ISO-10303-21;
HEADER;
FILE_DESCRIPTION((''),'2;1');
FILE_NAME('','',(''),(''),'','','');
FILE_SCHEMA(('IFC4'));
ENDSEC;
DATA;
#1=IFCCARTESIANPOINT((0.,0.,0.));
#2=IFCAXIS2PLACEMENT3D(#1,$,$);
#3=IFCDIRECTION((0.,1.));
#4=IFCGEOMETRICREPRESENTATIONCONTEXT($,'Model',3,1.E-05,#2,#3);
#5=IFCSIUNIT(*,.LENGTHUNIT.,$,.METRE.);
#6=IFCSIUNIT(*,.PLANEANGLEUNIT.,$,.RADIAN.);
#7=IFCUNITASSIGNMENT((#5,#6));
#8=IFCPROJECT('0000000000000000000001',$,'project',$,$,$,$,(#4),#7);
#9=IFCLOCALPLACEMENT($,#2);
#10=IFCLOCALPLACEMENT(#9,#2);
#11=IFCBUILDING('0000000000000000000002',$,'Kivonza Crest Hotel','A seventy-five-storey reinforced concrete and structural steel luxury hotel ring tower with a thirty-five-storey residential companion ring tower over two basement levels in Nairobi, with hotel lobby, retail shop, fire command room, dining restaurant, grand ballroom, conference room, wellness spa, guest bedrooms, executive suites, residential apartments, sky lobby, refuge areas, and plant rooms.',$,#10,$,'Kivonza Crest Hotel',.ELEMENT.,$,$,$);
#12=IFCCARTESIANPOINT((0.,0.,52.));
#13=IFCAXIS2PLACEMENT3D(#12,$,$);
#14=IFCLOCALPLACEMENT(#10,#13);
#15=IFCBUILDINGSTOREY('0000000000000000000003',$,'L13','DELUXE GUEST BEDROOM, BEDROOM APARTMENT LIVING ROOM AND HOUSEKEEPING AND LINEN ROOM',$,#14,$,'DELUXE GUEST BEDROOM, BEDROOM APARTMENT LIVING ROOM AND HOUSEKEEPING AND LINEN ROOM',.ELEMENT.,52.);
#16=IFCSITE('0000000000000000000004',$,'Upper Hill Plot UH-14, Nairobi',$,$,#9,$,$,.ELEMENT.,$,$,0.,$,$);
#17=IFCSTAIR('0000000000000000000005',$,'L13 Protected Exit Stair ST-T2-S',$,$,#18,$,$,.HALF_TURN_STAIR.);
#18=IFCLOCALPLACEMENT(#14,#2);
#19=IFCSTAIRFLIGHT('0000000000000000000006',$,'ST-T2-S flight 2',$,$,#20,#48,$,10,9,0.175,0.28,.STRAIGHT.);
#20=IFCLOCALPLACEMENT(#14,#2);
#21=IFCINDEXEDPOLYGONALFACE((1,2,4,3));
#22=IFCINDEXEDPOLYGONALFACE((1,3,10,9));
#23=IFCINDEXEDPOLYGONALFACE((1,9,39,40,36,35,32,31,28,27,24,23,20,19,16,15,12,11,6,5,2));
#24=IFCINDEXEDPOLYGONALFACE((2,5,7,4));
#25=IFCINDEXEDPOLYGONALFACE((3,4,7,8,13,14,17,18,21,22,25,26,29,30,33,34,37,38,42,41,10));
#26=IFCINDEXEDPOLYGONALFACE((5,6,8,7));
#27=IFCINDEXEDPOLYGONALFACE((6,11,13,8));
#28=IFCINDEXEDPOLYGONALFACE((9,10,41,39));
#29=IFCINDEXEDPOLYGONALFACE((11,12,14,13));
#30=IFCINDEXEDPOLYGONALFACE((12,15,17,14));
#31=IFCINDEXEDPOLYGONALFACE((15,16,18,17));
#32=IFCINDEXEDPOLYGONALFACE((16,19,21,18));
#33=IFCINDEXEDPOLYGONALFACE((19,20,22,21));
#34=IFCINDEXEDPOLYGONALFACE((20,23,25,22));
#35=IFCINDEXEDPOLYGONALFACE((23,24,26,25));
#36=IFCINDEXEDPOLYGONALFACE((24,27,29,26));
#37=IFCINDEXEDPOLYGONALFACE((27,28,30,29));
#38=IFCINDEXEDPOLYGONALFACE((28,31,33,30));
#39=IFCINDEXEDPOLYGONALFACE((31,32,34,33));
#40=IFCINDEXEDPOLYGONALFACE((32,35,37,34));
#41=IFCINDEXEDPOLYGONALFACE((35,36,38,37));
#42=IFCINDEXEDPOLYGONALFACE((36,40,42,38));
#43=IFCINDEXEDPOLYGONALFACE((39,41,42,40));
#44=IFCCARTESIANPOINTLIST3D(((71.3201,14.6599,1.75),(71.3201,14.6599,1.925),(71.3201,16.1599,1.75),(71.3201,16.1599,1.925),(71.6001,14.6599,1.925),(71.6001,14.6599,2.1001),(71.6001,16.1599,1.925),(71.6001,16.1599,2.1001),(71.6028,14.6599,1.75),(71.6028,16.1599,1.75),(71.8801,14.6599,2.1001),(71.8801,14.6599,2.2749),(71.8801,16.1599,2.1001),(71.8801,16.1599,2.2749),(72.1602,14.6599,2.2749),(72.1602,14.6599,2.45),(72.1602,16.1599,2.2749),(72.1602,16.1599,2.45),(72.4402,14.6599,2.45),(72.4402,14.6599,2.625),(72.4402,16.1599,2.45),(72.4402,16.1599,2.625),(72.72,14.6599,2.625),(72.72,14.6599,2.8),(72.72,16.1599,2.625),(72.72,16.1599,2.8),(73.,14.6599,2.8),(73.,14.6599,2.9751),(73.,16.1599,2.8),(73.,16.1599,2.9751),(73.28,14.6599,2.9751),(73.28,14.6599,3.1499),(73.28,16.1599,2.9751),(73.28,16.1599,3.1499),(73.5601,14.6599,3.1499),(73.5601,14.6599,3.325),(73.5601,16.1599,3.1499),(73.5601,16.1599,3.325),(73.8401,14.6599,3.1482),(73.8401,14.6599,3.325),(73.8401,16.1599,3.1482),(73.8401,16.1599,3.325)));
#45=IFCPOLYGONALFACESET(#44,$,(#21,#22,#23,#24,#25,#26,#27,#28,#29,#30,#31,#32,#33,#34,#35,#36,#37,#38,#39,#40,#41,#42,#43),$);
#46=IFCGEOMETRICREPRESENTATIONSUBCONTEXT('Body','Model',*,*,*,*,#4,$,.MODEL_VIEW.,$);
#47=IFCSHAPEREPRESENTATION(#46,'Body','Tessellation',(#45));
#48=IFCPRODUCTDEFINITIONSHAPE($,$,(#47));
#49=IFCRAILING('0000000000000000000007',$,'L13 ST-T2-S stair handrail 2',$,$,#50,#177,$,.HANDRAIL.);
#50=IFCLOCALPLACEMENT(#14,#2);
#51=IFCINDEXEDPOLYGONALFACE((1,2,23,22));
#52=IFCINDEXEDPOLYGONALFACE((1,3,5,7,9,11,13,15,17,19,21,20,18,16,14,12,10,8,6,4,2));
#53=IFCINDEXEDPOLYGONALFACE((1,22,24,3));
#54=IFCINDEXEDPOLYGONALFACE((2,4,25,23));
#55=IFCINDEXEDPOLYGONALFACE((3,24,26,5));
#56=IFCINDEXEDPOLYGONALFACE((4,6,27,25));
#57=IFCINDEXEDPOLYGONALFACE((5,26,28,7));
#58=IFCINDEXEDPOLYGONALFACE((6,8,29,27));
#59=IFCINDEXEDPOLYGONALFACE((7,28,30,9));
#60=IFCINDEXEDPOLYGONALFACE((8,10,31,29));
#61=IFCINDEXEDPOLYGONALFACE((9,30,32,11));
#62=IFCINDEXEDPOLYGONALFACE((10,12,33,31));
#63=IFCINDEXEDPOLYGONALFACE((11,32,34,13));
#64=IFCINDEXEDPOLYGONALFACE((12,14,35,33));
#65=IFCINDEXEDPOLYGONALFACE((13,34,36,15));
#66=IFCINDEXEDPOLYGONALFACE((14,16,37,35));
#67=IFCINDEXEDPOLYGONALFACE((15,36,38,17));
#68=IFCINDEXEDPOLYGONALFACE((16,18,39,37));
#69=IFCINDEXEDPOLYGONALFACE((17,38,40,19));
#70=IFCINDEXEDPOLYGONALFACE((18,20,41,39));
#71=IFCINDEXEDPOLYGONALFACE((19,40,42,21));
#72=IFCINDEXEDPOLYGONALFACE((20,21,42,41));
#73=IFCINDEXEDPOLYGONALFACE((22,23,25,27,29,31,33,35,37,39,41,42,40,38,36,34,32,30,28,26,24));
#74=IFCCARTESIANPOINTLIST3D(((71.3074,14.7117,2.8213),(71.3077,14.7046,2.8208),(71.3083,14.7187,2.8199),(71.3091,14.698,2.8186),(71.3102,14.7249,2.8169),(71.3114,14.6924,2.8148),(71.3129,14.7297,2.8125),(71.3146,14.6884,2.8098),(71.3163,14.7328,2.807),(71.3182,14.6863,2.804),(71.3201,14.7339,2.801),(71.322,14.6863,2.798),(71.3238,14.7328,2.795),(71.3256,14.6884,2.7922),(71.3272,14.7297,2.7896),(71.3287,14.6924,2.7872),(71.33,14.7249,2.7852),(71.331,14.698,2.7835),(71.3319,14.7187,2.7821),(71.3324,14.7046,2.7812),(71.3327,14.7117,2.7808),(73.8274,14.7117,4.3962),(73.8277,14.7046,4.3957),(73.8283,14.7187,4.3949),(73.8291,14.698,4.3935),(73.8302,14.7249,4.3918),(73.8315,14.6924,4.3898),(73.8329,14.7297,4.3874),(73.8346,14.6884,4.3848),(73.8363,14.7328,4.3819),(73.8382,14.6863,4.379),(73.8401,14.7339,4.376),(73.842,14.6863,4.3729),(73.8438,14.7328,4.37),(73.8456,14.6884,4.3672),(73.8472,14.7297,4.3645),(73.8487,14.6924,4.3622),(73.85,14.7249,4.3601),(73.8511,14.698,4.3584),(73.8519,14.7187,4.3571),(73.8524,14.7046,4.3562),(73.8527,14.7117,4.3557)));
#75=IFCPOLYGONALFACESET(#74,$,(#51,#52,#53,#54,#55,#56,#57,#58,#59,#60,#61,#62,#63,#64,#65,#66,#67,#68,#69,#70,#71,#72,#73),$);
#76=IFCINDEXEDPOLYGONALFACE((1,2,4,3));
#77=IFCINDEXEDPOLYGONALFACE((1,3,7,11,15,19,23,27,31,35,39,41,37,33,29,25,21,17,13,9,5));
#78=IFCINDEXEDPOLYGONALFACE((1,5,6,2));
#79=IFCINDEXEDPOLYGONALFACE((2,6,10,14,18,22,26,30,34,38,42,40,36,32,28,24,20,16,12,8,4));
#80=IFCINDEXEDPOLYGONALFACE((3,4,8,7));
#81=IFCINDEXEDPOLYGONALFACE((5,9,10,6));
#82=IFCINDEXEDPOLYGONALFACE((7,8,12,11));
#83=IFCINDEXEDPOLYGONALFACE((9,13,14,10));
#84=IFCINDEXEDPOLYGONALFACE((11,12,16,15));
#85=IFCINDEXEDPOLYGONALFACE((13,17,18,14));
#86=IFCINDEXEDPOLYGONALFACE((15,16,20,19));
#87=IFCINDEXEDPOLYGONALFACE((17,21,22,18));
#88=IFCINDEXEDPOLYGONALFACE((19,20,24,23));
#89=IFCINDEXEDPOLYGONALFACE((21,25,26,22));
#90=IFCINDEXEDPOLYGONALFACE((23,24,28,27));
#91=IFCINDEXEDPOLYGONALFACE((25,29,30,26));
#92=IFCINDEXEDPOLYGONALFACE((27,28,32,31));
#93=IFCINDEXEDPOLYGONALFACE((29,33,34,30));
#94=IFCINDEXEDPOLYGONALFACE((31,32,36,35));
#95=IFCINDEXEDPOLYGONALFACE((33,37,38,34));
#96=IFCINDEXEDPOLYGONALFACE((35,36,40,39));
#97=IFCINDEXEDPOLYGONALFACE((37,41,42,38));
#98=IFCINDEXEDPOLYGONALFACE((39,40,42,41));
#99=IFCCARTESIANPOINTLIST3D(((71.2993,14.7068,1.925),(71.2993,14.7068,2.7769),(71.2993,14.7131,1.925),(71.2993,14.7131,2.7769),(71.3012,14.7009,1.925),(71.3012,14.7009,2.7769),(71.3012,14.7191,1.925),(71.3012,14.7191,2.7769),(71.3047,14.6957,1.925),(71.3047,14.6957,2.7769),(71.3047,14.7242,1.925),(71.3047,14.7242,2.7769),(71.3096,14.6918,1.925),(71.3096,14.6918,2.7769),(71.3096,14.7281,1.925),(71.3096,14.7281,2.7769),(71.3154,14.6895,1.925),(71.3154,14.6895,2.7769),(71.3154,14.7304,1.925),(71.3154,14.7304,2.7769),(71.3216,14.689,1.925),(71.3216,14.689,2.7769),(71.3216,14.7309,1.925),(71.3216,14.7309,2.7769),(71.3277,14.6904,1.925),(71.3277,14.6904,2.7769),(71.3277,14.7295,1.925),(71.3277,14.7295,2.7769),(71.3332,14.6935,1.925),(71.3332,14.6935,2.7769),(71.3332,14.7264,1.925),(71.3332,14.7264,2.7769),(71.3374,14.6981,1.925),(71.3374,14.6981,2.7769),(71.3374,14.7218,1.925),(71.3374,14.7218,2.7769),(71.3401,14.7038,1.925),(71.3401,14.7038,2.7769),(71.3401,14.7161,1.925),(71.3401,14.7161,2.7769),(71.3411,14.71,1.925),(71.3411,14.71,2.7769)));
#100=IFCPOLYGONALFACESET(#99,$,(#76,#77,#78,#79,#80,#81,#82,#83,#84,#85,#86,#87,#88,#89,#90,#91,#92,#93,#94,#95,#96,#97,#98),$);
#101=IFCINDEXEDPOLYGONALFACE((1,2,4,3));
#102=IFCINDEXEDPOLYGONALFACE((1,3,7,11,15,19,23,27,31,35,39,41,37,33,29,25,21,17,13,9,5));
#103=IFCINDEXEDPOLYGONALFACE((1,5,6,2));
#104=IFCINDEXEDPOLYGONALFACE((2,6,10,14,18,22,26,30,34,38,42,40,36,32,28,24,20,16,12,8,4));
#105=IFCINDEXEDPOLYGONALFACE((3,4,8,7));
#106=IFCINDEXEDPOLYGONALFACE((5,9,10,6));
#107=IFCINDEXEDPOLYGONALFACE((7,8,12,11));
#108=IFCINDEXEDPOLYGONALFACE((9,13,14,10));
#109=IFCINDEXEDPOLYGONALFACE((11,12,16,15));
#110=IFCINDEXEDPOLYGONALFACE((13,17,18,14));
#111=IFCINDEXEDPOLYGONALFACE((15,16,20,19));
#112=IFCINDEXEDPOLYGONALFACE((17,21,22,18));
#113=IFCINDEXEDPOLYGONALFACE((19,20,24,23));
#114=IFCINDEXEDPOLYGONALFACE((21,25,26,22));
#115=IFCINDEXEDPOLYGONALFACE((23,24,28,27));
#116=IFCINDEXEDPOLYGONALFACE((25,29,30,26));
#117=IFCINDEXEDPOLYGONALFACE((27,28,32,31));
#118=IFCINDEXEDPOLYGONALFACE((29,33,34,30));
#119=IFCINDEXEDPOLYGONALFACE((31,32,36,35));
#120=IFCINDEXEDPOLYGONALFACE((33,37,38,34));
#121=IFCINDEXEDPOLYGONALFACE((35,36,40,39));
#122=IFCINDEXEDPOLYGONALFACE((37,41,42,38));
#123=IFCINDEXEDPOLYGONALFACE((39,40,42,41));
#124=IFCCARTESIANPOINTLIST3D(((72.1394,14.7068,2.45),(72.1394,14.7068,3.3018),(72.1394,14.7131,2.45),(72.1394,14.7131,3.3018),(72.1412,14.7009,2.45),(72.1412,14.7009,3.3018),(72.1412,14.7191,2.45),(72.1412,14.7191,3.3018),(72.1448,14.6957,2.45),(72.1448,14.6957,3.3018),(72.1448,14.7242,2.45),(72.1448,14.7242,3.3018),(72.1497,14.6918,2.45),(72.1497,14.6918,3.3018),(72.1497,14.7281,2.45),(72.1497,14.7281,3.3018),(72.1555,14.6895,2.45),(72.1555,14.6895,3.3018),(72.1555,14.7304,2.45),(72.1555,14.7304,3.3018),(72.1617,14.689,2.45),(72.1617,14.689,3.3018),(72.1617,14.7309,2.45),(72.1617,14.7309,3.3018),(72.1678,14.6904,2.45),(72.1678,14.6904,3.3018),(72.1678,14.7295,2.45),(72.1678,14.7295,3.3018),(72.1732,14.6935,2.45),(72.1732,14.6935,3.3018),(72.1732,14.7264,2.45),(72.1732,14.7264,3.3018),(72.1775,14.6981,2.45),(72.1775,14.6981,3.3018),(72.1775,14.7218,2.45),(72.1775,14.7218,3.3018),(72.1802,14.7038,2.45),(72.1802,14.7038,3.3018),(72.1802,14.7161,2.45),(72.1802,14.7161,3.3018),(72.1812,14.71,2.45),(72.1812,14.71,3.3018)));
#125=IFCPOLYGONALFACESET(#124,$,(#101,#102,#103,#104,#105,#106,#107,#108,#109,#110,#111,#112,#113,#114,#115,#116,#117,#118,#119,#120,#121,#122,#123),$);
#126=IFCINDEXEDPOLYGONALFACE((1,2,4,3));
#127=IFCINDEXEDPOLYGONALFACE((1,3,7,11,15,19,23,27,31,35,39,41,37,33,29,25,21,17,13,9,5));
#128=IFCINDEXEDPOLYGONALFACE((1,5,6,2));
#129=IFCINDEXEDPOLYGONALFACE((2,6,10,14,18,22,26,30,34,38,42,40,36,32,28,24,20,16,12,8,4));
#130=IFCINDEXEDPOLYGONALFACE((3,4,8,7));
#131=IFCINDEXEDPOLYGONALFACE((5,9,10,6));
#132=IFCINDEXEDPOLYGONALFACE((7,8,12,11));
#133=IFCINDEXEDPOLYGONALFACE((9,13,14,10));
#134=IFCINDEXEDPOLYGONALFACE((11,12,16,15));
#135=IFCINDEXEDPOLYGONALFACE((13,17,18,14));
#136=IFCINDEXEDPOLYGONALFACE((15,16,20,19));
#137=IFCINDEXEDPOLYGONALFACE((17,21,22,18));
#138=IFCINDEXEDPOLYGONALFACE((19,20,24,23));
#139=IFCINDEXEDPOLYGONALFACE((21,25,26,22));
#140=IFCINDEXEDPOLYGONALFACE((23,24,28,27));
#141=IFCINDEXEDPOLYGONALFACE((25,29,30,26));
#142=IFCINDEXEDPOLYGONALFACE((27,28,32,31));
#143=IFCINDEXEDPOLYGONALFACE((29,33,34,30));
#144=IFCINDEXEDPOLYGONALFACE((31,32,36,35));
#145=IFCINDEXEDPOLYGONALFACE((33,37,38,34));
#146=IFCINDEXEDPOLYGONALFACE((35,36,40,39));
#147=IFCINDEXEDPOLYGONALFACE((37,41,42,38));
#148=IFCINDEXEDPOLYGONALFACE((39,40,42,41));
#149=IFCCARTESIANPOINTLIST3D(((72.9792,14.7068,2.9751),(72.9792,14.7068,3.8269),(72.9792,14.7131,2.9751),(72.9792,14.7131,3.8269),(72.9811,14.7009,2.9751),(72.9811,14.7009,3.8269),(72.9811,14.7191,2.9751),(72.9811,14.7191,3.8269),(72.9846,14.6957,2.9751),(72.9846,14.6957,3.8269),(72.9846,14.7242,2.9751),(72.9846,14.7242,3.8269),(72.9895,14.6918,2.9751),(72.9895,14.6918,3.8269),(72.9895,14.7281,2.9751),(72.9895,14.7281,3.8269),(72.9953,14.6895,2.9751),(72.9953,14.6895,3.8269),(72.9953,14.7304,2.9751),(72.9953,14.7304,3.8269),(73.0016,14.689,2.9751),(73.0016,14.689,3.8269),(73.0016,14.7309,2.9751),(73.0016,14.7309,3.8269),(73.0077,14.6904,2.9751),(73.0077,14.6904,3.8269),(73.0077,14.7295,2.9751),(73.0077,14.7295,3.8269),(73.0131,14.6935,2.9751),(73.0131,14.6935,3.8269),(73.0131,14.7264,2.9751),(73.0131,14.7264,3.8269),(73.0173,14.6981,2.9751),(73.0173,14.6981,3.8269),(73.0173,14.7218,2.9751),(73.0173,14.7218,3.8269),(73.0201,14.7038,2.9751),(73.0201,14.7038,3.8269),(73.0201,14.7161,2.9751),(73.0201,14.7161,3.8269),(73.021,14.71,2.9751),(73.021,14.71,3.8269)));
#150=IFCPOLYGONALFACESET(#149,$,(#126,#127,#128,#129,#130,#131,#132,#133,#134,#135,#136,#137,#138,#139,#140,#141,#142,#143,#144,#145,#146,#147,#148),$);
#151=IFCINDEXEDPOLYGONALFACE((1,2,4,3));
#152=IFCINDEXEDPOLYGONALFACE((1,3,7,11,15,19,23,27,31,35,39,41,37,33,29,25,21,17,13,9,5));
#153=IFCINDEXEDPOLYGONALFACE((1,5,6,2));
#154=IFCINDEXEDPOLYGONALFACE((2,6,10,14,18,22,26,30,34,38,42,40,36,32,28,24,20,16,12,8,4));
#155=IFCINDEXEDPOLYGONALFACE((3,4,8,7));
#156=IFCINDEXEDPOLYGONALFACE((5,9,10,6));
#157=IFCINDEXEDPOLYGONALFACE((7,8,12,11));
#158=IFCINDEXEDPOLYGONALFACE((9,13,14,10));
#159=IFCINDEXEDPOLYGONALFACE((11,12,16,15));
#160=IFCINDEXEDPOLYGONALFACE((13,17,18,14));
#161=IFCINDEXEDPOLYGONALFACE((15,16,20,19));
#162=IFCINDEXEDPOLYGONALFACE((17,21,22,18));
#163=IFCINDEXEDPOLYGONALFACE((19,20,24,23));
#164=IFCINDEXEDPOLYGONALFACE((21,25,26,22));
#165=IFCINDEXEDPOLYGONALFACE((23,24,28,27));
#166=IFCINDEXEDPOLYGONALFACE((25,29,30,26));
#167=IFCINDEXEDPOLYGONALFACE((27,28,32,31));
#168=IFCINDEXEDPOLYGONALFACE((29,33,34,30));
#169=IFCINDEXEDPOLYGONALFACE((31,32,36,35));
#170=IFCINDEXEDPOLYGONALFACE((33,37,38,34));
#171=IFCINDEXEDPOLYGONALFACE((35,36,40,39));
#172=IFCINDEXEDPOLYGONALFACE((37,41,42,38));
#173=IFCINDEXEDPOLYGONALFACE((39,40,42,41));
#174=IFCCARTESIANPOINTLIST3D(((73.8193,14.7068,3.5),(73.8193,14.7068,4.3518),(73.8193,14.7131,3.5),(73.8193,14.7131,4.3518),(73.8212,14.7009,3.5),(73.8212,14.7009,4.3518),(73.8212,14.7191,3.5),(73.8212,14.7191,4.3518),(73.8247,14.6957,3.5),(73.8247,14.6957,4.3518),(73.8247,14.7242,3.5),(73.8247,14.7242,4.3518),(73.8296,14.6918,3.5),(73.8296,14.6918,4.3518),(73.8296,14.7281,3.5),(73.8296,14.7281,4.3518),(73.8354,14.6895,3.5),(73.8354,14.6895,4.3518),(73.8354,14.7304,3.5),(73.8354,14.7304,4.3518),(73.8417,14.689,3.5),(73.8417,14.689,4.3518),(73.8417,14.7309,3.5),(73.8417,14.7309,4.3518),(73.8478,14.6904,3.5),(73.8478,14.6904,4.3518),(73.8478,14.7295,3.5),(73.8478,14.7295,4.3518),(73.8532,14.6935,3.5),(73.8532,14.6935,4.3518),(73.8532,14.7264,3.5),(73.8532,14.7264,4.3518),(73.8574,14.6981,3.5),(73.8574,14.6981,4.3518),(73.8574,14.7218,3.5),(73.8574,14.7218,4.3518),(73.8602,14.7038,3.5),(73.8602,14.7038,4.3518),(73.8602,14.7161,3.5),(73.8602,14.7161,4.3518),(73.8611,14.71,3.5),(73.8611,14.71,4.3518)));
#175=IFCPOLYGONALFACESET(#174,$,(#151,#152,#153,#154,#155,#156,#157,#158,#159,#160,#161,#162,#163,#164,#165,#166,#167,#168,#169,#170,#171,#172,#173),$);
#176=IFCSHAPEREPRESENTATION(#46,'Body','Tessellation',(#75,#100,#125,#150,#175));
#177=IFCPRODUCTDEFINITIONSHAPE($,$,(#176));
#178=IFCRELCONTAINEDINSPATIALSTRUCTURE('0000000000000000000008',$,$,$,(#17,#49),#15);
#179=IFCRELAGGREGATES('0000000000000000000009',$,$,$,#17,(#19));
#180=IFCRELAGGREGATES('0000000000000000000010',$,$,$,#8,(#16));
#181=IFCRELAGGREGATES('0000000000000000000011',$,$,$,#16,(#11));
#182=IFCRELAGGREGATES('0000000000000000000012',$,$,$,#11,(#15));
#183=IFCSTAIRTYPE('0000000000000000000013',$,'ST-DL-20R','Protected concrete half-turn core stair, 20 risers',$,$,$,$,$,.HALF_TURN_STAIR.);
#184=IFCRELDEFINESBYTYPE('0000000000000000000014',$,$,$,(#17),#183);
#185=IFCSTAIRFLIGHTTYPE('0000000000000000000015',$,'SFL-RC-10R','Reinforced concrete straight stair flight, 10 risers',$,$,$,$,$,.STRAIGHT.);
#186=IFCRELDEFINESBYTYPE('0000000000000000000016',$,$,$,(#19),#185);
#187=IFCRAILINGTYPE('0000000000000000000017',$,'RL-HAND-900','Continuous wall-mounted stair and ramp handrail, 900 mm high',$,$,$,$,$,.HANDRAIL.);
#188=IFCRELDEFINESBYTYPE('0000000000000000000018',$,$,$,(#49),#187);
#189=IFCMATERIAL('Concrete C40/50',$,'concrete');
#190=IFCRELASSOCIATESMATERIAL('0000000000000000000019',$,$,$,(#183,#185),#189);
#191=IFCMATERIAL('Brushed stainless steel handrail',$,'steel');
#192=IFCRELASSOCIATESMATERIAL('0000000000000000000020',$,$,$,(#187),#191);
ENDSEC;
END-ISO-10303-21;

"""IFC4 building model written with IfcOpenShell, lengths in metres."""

from ifc_helpers import new_model, si_unit, direction, frame, origin, origin_2d, place, context, subcontext, project, spatial, polyline, circle, outline, extrude, material, type_object, element, aggregate, save


model = new_model("IFC4")

# Units and contexts
model_context = context("Model", 3, precision=1e-05, world=origin(), true_north=direction((0.0, 1.0)))
body_context = subcontext(model_context, "Body", "Model", "MODEL_VIEW")
ifc_project = project(units=[si_unit("LENGTHUNIT", "METRE"), si_unit("PLANEANGLEUNIT", "RADIAN")], contexts=[model_context])

# Site, building, storey
site_placement = place(None, origin())
site = spatial("IfcSite", under=ifc_project, at=site_placement, Name="Upper Hill Plot UH-14, Nairobi", CompositionType="ELEMENT", RefElevation=0.0)
building_placement = place(site_placement, origin())
building = spatial("IfcBuilding", under=site, at=building_placement, Name="Kivonza Crest Hotel", Description="A seventy-five-storey reinforced concrete and structural steel luxury hotel ring tower with a thirty-five-storey residential companion ring tower over two basement levels in Nairobi, with hotel lobby, retail shop, fire command room, dining restaurant, grand ballroom, conference room, wellness spa, guest bedrooms, executive suites, residential apartments, sky lobby, refuge areas, and plant rooms.", LongName="Kivonza Crest Hotel", CompositionType="ELEMENT")
storey_placement = place(building_placement, frame((0.0, 0.0, 52.0)))
storey = spatial("IfcBuildingStorey", under=building, at=storey_placement, Name="L13", Description="DELUXE GUEST BEDROOM, BEDROOM APARTMENT LIVING ROOM AND HOUSEKEEPING AND LINEN ROOM", LongName="DELUXE GUEST BEDROOM, BEDROOM APARTMENT LIVING ROOM AND HOUSEKEEPING AND LINEN ROOM", CompositionType="ELEMENT", Elevation=52.0)

# Stair, stair flight
ifc_material_1 = material(Name="Concrete C40/50", Category="concrete")
stair_type = type_object("IfcStairType", Name="ST-DL-20R", Description="Protected concrete half-turn core stair, 20 risers", PredefinedType="HALF_TURN_STAIR", material=ifc_material_1)
stair_placement = place(storey_placement, origin())
stair = element("IfcStair", 1, at=stair_placement, inside=storey, type_object=stair_type, Name="L13 Protected Exit Stair ST-T2-S", PredefinedType="HALF_TURN_STAIR")
stair_flight_type = type_object("IfcStairFlightType", Name="SFL-RC-10R", Description="Reinforced concrete straight stair flight, 10 risers", PredefinedType="STRAIGHT", material=ifc_material_1)
stair_flight_1_placement = place(storey_placement, frame((71.3201, 15.4099, 1.75), z_axis=(0.0, 0.0, 1.0), x_axis=(1.0, 0.0, 0.0)))
stair_flight_1 = element("IfcStairFlight", 2, at=stair_flight_1_placement, type_object=stair_flight_type, Name="ST-T2-S flight 2", NumberOfRisers=10, NumberOfTreads=9, PredefinedType="STRAIGHT", RiserHeight=0.175, TreadLength=0.28, context=body_context, shape_type="SweptSolid", body=[
    extrude(outline(polyline([(0.0, 0.0), (0.0, 0.175), (0.28, 0.175), (0.28, 0.3501), (0.5601, 0.3501), (0.5601, 0.5249), (0.8401, 0.5249), (0.8401, 0.7), (1.1201, 0.7), (1.1201, 0.875), (1.3999, 0.875), (1.3999, 1.05), (1.6799, 1.05), (1.6799, 1.2251), (1.96, 1.2251), (1.96, 1.3999), (2.24, 1.3999), (2.24, 1.575), (2.52, 1.575), (2.52, 1.75), (2.52, 1.3982), (0.2827, 0.0), (0.0, 0.0)])), frame((0.0, 0.75, 0.0), z_axis=(0.0, -1.0, 0.0), x_axis=(1.0, 0.0, 0.0)), (0.0, 0.0, 1.0), 1.5),
])
aggregate(stair, [stair_flight_1])

# Railing
ifc_material_2 = material(Name="Brushed stainless steel handrail", Category="steel")
railing_type_1 = type_object("IfcRailingType", Name="RL-HAND-900", Description="Continuous wall-mounted stair and ramp handrail, 900 mm high", PredefinedType="HANDRAIL", material=ifc_material_2)
railing_1_placement = place(storey_placement, frame((71.3201, 14.71, 1.925)))
element("IfcRailing", 3, at=railing_1_placement, inside=storey, type_object=railing_type_1, Name="L13 ST-T2-S stair handrail 2", PredefinedType="HANDRAIL", context=body_context, shape_type="SweptSolid", body=[
    extrude(circle(Radius=0.0239, at=origin_2d()), frame((0.0, 0.0, 0.876), z_axis=(0.848008, 0.0, 0.529984), x_axis=(0.0, 1.0, 0.0)), (0.0, 0.0, 1.0), 2.9717),
    extrude(circle(Radius=0.021, at=origin_2d()), origin(), (0.0, 0.0, 1.0), 0.8518),
    extrude(circle(Radius=0.021, at=origin_2d()), frame((0.8401, 0.0, 0.5249)), (0.0, 0.0, 1.0), 0.8518),
    extrude(circle(Radius=0.021, at=origin_2d()), frame((1.6799, 0.0, 1.05)), (0.0, 0.0, 1.0), 0.8518),
    extrude(circle(Radius=0.021, at=origin_2d()), frame((2.52, 0.0, 1.575)), (0.0, 0.0, 1.0), 0.8518),
])

save(model, "model.ifc")
